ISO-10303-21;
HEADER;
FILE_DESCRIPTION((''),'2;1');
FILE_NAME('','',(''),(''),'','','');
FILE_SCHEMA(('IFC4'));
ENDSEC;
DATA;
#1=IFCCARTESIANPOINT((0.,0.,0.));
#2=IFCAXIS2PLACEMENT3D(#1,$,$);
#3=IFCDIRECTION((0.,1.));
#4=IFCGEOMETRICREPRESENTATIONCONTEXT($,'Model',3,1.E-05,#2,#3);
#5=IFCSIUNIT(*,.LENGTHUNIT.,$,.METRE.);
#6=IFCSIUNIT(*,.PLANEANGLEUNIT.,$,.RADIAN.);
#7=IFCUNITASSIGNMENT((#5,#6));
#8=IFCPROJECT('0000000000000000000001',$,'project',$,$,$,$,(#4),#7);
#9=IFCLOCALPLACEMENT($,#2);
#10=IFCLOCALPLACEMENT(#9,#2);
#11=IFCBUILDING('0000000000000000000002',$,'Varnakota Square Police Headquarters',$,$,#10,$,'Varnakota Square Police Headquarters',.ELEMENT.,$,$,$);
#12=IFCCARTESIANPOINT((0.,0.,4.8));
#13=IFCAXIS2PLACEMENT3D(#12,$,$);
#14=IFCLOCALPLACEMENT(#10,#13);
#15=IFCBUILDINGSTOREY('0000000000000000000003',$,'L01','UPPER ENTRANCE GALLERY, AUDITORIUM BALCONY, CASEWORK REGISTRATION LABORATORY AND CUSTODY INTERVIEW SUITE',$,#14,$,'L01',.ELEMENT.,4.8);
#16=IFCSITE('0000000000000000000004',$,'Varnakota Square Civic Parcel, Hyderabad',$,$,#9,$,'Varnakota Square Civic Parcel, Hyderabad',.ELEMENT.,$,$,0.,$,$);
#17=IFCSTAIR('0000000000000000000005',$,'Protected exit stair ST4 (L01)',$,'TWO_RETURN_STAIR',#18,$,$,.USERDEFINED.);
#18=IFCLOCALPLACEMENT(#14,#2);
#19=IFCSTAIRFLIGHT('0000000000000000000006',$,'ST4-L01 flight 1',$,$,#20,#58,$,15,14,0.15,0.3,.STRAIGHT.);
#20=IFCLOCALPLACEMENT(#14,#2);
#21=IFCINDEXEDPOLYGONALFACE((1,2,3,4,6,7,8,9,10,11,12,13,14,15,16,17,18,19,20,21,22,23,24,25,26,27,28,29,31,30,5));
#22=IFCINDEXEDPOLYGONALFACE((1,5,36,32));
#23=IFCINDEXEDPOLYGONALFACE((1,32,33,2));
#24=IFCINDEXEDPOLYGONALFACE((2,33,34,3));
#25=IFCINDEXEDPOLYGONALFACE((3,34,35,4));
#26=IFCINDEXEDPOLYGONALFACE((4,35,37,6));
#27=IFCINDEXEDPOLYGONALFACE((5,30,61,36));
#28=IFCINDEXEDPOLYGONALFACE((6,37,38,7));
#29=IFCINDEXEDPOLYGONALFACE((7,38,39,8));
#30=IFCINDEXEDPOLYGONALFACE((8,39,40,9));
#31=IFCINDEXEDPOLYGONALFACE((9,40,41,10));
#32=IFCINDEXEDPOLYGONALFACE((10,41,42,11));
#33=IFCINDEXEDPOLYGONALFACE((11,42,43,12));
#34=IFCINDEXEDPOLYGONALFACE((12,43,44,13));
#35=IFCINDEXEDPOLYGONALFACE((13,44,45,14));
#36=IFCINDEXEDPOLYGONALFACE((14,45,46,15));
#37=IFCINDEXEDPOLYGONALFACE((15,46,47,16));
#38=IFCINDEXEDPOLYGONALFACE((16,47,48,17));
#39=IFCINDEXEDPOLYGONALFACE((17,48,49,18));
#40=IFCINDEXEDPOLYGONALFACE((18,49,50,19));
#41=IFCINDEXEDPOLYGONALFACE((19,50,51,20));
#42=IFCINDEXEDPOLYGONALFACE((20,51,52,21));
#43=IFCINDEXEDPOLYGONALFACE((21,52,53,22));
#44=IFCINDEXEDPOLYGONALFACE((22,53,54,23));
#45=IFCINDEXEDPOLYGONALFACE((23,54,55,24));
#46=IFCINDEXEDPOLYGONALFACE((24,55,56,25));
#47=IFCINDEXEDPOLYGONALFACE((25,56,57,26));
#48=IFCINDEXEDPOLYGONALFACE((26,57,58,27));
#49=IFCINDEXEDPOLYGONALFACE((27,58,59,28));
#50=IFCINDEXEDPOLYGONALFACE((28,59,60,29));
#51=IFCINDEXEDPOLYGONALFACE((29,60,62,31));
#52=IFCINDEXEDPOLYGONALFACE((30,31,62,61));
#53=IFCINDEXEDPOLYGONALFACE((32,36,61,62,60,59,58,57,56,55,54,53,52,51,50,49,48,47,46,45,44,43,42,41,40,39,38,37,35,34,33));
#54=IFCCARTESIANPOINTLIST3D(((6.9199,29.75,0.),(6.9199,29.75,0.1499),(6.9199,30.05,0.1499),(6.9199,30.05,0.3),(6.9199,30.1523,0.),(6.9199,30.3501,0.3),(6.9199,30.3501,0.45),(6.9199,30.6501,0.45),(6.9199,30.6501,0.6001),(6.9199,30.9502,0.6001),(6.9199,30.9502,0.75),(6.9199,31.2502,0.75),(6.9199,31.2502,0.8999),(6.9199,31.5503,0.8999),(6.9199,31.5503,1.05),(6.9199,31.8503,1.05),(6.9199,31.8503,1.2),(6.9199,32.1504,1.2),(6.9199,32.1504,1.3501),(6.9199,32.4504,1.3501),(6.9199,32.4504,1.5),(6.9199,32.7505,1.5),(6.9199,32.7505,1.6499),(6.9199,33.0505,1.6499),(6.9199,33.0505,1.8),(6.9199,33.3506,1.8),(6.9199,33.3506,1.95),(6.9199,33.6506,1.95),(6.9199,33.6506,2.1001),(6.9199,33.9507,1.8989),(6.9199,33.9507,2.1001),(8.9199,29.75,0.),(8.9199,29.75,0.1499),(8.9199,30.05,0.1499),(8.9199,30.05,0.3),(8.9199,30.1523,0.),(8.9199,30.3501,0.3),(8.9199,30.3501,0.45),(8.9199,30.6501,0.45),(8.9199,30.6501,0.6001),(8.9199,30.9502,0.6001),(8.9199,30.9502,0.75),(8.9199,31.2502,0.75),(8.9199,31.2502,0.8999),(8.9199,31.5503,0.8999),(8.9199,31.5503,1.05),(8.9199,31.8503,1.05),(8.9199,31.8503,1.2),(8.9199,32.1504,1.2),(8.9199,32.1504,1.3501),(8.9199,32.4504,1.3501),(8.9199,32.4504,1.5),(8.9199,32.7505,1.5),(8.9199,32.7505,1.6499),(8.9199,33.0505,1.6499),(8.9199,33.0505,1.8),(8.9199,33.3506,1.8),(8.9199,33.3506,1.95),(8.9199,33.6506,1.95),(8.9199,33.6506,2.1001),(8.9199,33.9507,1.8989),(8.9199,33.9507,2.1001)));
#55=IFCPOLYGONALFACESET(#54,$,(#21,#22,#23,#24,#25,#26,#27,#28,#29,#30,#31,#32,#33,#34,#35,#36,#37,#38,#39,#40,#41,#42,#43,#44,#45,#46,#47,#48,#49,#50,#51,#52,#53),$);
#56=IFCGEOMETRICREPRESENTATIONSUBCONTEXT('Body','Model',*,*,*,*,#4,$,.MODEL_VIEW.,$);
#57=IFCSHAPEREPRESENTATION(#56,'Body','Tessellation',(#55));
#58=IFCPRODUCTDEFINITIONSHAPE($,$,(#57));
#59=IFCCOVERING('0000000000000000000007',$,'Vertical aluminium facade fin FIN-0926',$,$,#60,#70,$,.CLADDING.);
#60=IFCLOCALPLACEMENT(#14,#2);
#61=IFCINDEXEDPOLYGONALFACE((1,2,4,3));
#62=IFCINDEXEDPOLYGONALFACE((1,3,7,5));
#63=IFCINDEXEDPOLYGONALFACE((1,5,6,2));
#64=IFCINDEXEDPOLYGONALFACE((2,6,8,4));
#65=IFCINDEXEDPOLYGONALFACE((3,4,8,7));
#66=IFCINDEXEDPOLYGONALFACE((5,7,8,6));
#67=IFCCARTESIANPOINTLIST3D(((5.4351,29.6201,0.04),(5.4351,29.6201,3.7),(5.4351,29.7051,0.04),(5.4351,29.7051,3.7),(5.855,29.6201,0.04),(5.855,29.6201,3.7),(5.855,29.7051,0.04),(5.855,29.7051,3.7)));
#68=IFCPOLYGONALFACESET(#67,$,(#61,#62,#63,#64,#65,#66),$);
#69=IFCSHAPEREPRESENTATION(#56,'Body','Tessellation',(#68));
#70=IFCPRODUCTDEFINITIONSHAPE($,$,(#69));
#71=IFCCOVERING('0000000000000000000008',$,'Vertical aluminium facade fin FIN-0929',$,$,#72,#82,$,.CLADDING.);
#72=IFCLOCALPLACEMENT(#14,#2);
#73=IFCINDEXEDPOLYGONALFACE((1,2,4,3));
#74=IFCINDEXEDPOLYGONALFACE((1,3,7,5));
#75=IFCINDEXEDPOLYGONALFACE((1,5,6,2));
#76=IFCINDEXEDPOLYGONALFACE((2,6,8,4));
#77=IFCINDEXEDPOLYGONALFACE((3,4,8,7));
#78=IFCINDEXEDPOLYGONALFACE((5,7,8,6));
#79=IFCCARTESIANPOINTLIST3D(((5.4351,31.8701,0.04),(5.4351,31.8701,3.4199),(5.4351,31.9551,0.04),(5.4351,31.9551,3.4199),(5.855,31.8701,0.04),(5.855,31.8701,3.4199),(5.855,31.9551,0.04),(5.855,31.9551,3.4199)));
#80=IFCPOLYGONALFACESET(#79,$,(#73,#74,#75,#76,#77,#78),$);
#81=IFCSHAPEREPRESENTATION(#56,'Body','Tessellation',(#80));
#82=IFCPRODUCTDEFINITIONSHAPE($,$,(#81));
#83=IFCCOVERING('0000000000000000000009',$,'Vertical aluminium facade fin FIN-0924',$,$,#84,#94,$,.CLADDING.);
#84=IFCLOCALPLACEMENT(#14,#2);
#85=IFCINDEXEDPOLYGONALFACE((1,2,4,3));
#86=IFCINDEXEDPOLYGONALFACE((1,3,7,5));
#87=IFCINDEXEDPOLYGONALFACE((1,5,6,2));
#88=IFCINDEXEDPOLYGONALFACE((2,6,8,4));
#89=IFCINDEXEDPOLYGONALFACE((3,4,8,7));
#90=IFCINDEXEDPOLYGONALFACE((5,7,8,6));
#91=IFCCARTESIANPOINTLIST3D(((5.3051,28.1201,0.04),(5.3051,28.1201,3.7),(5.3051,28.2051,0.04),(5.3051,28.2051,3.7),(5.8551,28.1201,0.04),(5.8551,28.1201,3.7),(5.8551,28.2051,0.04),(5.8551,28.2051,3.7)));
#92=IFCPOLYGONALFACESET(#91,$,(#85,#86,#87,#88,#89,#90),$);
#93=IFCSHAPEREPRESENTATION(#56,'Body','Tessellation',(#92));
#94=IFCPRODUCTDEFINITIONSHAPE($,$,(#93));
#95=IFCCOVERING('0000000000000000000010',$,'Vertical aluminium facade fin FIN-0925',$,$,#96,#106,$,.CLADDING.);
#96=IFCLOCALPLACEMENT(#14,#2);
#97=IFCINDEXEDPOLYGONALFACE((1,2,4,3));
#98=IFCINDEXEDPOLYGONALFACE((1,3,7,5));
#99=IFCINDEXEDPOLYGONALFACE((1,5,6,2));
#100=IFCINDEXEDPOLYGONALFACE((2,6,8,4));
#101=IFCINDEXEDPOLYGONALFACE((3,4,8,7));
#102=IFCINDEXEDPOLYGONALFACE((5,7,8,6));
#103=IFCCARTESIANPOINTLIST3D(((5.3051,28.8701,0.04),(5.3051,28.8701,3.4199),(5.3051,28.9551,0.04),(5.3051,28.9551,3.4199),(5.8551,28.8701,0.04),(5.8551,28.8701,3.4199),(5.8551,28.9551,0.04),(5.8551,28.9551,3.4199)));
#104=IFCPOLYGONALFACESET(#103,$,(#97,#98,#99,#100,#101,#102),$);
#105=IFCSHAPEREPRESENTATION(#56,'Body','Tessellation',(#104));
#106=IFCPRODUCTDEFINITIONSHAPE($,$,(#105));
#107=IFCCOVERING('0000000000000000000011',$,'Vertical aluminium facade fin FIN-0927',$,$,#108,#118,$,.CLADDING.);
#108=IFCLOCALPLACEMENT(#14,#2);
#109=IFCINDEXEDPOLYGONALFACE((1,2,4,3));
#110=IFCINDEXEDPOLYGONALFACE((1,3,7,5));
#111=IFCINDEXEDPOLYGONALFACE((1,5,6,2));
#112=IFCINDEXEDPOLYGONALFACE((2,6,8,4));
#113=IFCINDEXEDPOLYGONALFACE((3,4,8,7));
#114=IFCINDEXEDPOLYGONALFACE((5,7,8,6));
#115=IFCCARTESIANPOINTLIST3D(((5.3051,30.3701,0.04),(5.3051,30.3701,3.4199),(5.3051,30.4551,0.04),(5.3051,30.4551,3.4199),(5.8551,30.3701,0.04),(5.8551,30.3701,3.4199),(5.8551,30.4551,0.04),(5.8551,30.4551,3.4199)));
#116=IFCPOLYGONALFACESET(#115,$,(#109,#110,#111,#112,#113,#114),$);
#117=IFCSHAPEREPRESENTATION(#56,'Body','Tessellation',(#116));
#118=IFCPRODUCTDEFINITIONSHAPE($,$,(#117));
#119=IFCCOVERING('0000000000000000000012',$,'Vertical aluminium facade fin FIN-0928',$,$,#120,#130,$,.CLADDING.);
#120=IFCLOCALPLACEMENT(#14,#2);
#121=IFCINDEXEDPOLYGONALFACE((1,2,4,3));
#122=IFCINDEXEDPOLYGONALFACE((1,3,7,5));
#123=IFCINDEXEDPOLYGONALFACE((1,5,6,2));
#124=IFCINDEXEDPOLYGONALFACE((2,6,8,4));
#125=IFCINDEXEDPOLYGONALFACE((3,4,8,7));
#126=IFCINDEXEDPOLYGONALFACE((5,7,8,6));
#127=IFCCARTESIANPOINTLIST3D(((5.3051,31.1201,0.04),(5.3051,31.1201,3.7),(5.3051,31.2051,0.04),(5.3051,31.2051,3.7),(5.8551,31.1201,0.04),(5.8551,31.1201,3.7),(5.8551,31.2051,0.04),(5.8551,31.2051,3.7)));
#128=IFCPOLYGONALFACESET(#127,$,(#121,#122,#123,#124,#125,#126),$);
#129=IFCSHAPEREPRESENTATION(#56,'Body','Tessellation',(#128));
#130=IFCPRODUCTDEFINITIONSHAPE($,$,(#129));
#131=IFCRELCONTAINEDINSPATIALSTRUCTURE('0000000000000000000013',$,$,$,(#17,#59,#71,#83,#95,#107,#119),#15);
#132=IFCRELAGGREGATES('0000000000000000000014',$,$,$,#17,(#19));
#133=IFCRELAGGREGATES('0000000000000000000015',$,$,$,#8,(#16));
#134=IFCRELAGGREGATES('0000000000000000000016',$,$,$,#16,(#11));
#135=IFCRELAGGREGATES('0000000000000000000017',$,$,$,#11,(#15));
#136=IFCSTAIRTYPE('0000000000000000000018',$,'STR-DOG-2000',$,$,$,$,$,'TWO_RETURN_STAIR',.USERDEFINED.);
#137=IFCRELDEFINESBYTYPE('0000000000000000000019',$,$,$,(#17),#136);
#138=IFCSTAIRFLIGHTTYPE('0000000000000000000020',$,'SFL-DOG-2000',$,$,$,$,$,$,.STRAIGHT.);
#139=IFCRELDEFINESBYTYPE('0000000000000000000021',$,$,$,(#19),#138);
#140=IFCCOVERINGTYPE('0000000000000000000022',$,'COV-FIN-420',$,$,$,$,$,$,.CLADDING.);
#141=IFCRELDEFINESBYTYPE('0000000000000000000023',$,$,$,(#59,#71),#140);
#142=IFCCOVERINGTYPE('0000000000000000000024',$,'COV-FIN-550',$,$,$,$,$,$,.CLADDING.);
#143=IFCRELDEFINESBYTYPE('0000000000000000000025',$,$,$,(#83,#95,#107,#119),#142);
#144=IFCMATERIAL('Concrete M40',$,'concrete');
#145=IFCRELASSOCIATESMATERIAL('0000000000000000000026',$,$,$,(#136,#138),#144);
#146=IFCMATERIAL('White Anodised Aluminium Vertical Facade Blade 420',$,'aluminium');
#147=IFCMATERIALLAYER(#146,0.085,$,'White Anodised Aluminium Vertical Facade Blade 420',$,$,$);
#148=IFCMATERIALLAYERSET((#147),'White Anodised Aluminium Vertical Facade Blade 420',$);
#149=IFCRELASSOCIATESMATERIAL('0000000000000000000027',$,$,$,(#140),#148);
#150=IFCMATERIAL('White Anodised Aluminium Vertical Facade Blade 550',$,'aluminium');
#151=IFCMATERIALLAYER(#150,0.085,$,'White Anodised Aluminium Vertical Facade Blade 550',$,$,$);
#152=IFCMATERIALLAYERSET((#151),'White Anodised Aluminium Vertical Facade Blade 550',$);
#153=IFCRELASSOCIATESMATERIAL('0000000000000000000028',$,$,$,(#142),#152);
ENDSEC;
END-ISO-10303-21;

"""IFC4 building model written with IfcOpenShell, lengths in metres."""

from ifc_helpers import new_model, si_unit, direction, frame, origin, origin_2d, place, context, subcontext, project, spatial, polyline, rectangle, outline, extrude, material, layer, layer_set, type_object, element, aggregate, save


model = new_model("IFC4")

# Units and contexts
model_context = context("Model", 3, precision=1e-05, world=origin(), true_north=direction((0.0, 1.0)))
body_context = subcontext(model_context, "Body", "Model", "MODEL_VIEW")
ifc_project = project(units=[si_unit("LENGTHUNIT", "METRE"), si_unit("PLANEANGLEUNIT", "RADIAN")], contexts=[model_context])

# Site, building, storey
site_placement = place(None, origin())
site = spatial("IfcSite", under=ifc_project, at=site_placement, Name="Varnakota Square Civic Parcel, Hyderabad", LongName="Varnakota Square Civic Parcel, Hyderabad", CompositionType="ELEMENT", RefElevation=0.0)
building_placement = place(site_placement, origin())
building = spatial("IfcBuilding", under=site, at=building_placement, Name="Varnakota Square Police Headquarters", LongName="Varnakota Square Police Headquarters", CompositionType="ELEMENT")
storey_placement = place(building_placement, frame((0.0, 0.0, 4.8)))
storey = spatial("IfcBuildingStorey", under=building, at=storey_placement, Name="L01", Description="UPPER ENTRANCE GALLERY, AUDITORIUM BALCONY, CASEWORK REGISTRATION LABORATORY AND CUSTODY INTERVIEW SUITE", LongName="L01", CompositionType="ELEMENT", Elevation=4.8)

# Shared definitions
ifc_material_1 = material(Name="Concrete M40", Category="concrete")

# Stair, stair flight
stair_type = type_object("IfcStairType", Name="STR-DOG-2000", ElementType="TWO_RETURN_STAIR", PredefinedType="USERDEFINED", material=ifc_material_1)
stair_placement = place(storey_placement, origin())
stair = element("IfcStair", 1, at=stair_placement, inside=storey, type_object=stair_type, Name="Protected exit stair ST4 (L01)", ObjectType="TWO_RETURN_STAIR", PredefinedType="USERDEFINED")
stair_flight_type = type_object("IfcStairFlightType", Name="SFL-DOG-2000", PredefinedType="STRAIGHT", material=ifc_material_1)
stair_flight_placement = place(storey_placement, frame((7.9199, 29.75, 0.0), z_axis=(0.0, 0.0, 1.0), x_axis=(0.0, 1.0, 0.0)))
stair_flight = element("IfcStairFlight", 2, at=stair_flight_placement, type_object=stair_flight_type, Name="ST4-L01 flight 1", NumberOfRisers=15, NumberOfTreads=14, PredefinedType="STRAIGHT", RiserHeight=0.15, TreadLength=0.3, context=body_context, shape_type="SweptSolid", body=[
    extrude(outline(polyline([(0.0, 0.0), (0.0, 0.1499), (0.3, 0.1499), (0.3, 0.3), (0.6001, 0.3), (0.6001, 0.45), (0.9001, 0.45), (0.9001, 0.6001), (1.2002, 0.6001), (1.2002, 0.75), (1.5002, 0.75), (1.5002, 0.8999), (1.8003, 0.8999), (1.8003, 1.05), (2.1003, 1.05), (2.1003, 1.2), (2.4004, 1.2), (2.4004, 1.3501), (2.7004, 1.3501), (2.7004, 1.5), (3.0005, 1.5), (3.0005, 1.6499), (3.3005, 1.6499), (3.3005, 1.8), (3.6006, 1.8), (3.6006, 1.95), (3.9006, 1.95), (3.9006, 2.1001), (4.2007, 2.1001), (4.2007, 2.25), (4.2007, 1.8989), (0.4023, 0.0), (0.0, 0.0)])), frame((0.0, 1.0, 0.0), z_axis=(0.0, -1.0, 0.0), x_axis=(1.0, 0.0, 0.0)), (0.0, 0.0, 1.0), 2.0),
])
aggregate(stair, [stair_flight])

# Coverings
ifc_material_2 = material(Name="White Anodised Aluminium Vertical Facade Blade 420", Category="aluminium")
ifc_layer_1 = layer(ifc_material_2, 0.085, Name="White Anodised Aluminium Vertical Facade Blade 420")
ifc_layer_set_1 = layer_set([ifc_layer_1], Name="White Anodised Aluminium Vertical Facade Blade 420")
covering_type_1 = type_object("IfcCoveringType", Name="COV-FIN-420", PredefinedType="CLADDING", material=ifc_layer_set_1)
covering_1_placement = place(storey_placement, frame((5.645, 29.6626, 0.04), z_axis=(0.0, 0.0, 1.0), x_axis=(0.0, 1.0, 0.0)))
element("IfcCovering", 3, at=covering_1_placement, inside=storey, type_object=covering_type_1, Name="Vertical aluminium facade fin FIN-0926", PredefinedType="CLADDING", context=body_context, shape_type="SweptSolid", body=[
    extrude(rectangle(XDim=0.085, YDim=0.4199, at=origin_2d()), origin(), (0.0, 0.0, 1.0), 3.6599),
])
covering_2_placement = place(storey_placement, frame((5.645, 31.9126, 0.04), z_axis=(0.0, 0.0, 1.0), x_axis=(0.0, 1.0, 0.0)))
element("IfcCovering", 4, at=covering_2_placement, inside=storey, type_object=covering_type_1, Name="Vertical aluminium facade fin FIN-0929", PredefinedType="CLADDING", context=body_context, shape_type="SweptSolid", body=[
    extrude(rectangle(XDim=0.085, YDim=0.4199, at=origin_2d()), origin(), (0.0, 0.0, 1.0), 3.3799),
])
ifc_material_3 = material(Name="White Anodised Aluminium Vertical Facade Blade 550", Category="aluminium")
ifc_layer_2 = layer(ifc_material_3, 0.085, Name="White Anodised Aluminium Vertical Facade Blade 550")
ifc_layer_set_2 = layer_set([ifc_layer_2], Name="White Anodised Aluminium Vertical Facade Blade 550")
covering_type_2 = type_object("IfcCoveringType", Name="COV-FIN-550", PredefinedType="CLADDING", material=ifc_layer_set_2)
covering_3_placement = place(storey_placement, frame((5.5801, 28.1626, 0.04), z_axis=(0.0, 0.0, 1.0), x_axis=(0.0, 1.0, 0.0)))
element("IfcCovering", 5, at=covering_3_placement, inside=storey, type_object=covering_type_2, Name="Vertical aluminium facade fin FIN-0924", PredefinedType="CLADDING", context=body_context, shape_type="SweptSolid", body=[
    extrude(rectangle(XDim=0.085, YDim=0.55, at=origin_2d()), origin(), (0.0, 0.0, 1.0), 3.6599),
])
for number, where, z_axis, x_axis, name in (
    (6, (5.5801, 28.9126, 0.04), (0.0, 0.0, 1.0), (0.0, 1.0, 0.0), "Vertical aluminium facade fin FIN-0925"),
    (7, (5.5801, 30.4126, 0.04), (0.0, 0.0, 1.0), (0.0, 1.0, 0.0), "Vertical aluminium facade fin FIN-0927"),
):
    element("IfcCovering", number, at=place(storey_placement, frame(where, z_axis=z_axis, x_axis=x_axis)), inside=storey, type_object=covering_type_2, Name=name, PredefinedType="CLADDING", context=body_context, shape_type="SweptSolid", body=[
        extrude(rectangle(XDim=0.085, YDim=0.55, at=origin_2d()), origin(), (0.0, 0.0, 1.0), 3.3799),
    ])
covering_4_placement = place(storey_placement, frame((5.5801, 31.1626, 0.04), z_axis=(0.0, 0.0, 1.0), x_axis=(0.0, 1.0, 0.0)))
element("IfcCovering", 8, at=covering_4_placement, inside=storey, type_object=covering_type_2, Name="Vertical aluminium facade fin FIN-0928", PredefinedType="CLADDING", context=body_context, shape_type="SweptSolid", body=[
    extrude(rectangle(XDim=0.085, YDim=0.55, at=origin_2d()), origin(), (0.0, 0.0, 1.0), 3.6599),
])

save(model, "model.ifc")
